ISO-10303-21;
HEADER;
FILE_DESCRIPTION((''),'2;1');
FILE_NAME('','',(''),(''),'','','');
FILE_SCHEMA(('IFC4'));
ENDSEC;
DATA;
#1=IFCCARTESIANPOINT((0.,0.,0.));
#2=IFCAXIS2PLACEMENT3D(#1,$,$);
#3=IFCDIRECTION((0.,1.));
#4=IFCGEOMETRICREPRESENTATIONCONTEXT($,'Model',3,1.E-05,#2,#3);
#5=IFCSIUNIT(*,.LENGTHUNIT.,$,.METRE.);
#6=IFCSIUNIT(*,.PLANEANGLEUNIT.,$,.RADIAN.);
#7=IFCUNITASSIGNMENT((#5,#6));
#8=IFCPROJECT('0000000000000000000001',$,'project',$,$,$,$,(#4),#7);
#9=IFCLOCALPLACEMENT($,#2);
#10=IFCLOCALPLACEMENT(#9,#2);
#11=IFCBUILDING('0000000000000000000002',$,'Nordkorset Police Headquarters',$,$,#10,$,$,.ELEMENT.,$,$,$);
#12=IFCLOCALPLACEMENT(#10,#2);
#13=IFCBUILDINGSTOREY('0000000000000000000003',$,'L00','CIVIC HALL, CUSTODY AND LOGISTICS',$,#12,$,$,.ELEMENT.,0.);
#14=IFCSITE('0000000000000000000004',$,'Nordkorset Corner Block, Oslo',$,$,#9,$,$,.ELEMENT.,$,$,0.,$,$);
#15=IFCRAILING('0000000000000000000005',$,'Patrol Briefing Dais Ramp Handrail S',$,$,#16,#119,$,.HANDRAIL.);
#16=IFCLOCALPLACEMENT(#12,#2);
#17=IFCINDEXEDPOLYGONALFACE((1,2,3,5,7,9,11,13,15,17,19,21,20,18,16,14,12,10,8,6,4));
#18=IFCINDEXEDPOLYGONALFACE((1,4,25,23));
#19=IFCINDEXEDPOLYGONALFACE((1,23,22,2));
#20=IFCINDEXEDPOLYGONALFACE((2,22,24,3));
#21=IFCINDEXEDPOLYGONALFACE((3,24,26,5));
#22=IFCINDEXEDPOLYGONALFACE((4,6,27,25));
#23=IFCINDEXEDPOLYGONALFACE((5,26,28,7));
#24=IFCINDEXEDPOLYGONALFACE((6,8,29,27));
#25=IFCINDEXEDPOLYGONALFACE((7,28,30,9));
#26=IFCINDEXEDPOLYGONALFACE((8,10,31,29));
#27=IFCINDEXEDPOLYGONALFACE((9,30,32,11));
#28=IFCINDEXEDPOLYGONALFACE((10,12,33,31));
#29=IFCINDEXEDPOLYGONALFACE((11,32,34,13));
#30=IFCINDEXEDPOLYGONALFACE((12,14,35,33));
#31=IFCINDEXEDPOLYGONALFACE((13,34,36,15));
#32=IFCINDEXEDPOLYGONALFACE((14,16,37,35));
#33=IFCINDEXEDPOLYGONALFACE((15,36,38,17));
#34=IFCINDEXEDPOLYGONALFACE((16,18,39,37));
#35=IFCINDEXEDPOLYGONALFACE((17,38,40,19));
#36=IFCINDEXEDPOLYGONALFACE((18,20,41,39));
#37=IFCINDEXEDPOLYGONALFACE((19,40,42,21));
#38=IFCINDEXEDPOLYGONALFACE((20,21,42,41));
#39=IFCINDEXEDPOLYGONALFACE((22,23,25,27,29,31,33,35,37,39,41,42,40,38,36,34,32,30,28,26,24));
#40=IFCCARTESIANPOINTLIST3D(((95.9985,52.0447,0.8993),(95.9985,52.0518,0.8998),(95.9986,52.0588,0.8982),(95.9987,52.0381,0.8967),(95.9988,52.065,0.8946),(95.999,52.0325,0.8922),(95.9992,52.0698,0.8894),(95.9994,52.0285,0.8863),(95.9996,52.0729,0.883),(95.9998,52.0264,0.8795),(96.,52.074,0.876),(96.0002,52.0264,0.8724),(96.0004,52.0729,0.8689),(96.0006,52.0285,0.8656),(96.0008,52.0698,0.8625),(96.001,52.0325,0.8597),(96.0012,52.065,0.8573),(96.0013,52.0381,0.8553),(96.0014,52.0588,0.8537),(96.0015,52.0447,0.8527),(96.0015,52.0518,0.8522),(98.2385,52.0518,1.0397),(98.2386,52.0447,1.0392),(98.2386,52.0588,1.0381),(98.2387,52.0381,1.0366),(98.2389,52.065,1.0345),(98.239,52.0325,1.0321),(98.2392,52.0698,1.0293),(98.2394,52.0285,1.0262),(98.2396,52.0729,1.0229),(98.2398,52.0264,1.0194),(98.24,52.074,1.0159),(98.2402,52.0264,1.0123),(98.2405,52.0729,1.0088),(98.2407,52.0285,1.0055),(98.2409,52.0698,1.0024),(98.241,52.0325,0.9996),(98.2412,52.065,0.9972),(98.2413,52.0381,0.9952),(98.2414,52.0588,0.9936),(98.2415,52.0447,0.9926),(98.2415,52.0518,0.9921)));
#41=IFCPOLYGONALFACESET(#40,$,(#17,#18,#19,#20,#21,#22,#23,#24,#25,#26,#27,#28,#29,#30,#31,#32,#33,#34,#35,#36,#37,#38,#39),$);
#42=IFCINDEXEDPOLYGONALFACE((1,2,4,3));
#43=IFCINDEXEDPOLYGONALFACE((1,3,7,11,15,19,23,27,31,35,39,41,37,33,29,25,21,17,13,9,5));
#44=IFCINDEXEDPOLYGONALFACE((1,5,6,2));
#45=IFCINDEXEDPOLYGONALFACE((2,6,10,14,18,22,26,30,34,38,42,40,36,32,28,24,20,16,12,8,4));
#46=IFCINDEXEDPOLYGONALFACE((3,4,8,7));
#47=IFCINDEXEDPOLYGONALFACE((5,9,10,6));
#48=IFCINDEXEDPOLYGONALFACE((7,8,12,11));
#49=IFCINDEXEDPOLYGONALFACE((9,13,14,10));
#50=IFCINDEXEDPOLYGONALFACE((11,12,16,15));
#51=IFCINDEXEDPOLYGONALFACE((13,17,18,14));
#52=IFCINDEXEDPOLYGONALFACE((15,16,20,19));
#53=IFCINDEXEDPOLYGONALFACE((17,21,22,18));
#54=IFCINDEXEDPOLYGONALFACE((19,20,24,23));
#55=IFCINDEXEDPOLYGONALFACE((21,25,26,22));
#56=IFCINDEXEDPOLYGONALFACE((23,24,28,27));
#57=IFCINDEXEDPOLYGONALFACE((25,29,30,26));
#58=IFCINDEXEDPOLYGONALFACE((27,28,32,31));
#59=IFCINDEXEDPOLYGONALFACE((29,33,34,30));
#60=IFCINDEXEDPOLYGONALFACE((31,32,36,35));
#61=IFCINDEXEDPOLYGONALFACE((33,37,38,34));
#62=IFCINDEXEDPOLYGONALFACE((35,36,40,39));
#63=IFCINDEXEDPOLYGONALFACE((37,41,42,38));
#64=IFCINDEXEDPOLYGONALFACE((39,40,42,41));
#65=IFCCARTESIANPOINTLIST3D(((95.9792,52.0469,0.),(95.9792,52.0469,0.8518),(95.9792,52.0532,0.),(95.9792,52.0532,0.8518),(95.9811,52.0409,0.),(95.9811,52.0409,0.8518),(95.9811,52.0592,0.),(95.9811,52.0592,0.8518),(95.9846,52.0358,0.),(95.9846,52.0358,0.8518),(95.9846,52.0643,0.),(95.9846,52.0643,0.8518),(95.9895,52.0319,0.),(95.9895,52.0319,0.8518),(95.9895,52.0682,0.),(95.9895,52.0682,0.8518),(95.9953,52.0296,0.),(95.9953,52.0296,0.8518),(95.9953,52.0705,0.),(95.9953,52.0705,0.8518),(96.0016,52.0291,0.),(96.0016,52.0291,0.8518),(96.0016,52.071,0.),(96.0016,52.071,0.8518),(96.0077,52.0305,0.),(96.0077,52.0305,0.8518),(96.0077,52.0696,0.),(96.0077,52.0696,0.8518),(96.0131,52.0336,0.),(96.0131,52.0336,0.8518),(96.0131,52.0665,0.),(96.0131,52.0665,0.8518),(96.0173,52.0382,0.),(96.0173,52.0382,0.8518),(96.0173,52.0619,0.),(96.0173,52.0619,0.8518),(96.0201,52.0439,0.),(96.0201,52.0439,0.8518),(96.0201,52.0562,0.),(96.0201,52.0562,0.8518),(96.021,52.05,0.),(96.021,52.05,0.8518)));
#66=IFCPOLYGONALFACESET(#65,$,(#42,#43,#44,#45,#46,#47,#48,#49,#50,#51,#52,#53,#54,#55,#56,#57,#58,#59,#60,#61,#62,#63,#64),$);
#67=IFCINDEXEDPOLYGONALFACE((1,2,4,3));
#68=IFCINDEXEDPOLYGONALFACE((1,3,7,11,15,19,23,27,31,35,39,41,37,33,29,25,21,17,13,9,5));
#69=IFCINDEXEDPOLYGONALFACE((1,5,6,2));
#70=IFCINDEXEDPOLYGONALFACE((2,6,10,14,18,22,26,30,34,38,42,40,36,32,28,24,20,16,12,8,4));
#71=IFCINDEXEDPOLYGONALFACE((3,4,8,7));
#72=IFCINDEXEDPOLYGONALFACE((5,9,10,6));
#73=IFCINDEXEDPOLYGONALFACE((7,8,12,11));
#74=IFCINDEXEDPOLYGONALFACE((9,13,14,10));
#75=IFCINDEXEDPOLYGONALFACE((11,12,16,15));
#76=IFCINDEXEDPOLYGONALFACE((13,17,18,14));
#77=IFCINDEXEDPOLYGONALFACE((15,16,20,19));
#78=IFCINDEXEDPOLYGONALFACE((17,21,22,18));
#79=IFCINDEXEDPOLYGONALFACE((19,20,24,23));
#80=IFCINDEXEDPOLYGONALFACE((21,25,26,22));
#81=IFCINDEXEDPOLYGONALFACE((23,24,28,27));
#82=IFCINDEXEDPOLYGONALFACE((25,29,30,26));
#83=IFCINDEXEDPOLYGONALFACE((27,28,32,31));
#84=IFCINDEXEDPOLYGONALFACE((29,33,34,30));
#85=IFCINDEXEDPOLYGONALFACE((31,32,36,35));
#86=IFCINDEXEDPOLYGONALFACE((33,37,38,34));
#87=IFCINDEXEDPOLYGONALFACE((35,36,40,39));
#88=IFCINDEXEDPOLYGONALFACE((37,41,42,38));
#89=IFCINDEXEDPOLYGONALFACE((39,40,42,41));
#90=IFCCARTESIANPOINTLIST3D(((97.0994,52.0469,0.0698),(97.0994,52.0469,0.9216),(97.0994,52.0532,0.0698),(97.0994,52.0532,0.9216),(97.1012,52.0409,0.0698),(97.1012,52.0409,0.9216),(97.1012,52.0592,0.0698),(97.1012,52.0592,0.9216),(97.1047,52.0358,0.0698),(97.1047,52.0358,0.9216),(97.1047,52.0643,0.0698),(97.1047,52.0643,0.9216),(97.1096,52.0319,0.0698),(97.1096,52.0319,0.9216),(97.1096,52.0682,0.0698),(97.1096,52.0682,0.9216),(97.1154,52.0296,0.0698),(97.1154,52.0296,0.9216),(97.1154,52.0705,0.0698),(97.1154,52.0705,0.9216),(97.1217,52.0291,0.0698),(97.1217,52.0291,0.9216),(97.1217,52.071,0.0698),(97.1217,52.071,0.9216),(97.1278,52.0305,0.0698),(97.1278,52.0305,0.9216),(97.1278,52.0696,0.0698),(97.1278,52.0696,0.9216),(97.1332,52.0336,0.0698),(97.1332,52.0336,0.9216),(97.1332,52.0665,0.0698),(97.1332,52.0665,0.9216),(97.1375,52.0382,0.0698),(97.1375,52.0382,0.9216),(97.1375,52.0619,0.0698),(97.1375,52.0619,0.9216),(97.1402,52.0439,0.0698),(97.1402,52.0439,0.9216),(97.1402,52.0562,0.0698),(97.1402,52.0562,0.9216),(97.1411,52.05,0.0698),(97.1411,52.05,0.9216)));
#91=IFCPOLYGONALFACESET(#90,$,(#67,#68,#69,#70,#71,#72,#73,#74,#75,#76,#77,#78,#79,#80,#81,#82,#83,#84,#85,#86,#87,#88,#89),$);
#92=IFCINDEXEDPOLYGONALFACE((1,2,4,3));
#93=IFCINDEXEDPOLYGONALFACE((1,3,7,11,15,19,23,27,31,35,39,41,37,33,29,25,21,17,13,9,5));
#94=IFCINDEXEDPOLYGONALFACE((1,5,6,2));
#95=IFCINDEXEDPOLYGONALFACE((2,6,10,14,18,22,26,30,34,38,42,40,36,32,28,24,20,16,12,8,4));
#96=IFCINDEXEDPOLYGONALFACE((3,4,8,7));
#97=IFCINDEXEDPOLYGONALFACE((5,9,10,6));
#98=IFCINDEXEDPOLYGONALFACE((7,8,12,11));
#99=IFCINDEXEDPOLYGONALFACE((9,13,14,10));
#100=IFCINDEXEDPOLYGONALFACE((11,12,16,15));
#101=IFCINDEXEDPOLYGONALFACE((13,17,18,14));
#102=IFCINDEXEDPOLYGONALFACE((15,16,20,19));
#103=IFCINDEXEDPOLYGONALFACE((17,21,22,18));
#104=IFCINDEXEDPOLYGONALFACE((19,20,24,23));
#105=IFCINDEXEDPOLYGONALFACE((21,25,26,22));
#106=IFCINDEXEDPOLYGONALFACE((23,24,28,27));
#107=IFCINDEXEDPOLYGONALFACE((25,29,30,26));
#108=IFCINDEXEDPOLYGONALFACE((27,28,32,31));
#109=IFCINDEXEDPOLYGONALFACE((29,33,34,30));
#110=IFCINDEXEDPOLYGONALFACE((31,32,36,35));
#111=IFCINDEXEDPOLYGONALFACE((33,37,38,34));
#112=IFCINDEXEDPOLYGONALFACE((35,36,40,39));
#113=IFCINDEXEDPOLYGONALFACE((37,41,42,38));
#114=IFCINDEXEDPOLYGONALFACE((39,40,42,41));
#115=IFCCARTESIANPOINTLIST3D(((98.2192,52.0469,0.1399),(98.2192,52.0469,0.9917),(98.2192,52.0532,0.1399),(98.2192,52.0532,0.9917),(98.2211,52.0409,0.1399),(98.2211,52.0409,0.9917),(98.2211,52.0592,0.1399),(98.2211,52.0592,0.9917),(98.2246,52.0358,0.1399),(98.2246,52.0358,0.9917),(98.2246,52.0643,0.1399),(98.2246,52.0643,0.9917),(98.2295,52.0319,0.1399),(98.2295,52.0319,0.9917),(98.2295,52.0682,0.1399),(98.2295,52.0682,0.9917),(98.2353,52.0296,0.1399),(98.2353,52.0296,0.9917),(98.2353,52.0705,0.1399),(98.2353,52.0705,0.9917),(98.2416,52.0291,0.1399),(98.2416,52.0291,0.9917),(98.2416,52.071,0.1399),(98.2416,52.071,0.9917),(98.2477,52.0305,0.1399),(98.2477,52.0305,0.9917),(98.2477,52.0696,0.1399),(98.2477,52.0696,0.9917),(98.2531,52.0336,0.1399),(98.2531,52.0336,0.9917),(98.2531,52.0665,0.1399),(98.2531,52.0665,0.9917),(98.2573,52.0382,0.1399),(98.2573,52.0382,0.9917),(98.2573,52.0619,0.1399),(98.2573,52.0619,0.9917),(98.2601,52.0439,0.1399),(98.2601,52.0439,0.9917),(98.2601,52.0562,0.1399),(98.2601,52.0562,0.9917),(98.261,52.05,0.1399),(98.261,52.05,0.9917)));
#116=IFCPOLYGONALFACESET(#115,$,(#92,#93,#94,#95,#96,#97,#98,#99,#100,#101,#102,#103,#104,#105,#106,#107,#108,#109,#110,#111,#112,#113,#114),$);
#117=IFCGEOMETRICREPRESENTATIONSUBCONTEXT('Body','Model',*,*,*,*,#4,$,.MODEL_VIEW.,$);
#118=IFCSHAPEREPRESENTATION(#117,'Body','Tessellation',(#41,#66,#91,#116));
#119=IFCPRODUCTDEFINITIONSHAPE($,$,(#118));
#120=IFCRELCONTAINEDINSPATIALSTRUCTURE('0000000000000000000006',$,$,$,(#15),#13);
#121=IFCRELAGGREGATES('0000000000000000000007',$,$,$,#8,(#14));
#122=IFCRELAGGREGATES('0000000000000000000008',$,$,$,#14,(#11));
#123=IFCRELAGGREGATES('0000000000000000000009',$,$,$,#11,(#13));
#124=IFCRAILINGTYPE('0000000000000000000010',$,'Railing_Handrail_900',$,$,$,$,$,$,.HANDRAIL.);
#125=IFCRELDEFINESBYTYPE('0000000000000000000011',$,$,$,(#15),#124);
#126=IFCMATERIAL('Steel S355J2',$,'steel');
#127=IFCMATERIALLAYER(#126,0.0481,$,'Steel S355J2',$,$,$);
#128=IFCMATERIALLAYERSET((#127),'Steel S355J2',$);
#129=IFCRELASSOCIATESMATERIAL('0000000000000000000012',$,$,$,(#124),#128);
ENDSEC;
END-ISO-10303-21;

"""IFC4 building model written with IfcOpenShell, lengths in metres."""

from ifc_helpers import new_model, si_unit, direction, frame, origin, origin_2d, place, context, subcontext, project, spatial, circle, extrude, material, layer, layer_set, type_object, element, save


model = new_model("IFC4")

# Units and contexts
model_context = context("Model", 3, precision=1e-05, world=origin(), true_north=direction((0.0, 1.0)))
body_context = subcontext(model_context, "Body", "Model", "MODEL_VIEW")
ifc_project = project(units=[si_unit("LENGTHUNIT", "METRE"), si_unit("PLANEANGLEUNIT", "RADIAN")], contexts=[model_context])

# Site, building, storey
site_placement = place(None, origin())
site = spatial("IfcSite", under=ifc_project, at=site_placement, Name="Nordkorset Corner Block, Oslo", CompositionType="ELEMENT", RefElevation=0.0)
building_placement = place(site_placement, origin())
building = spatial("IfcBuilding", under=site, at=building_placement, Name="Nordkorset Police Headquarters", CompositionType="ELEMENT")
storey_placement = place(building_placement, origin())
storey = spatial("IfcBuildingStorey", under=building, at=storey_placement, Name="L00", Description="CIVIC HALL, CUSTODY AND LOGISTICS", CompositionType="ELEMENT", Elevation=0.0)

# Railing
ifc_material_1 = material(Name="Steel S355J2", Category="steel")
ifc_layer_1 = layer(ifc_material_1, 0.0481, Name="Steel S355J2")
ifc_layer_set_1 = layer_set([ifc_layer_1], Name="Steel S355J2")
railing_type_1 = type_object("IfcRailingType", Name="Railing_Handrail_900", PredefinedType="HANDRAIL", material=ifc_layer_set_1)
for number, where, name in (
    (1, (96.0, 52.05, 0.0), "Patrol Briefing Dais Ramp Handrail S"),
):
    element("IfcRailing", number, at=place(storey_placement, frame(where)), inside=storey, type_object=railing_type_1, Name=name, PredefinedType="HANDRAIL", context=body_context, shape_type="SweptSolid", body=[
        extrude(circle(Radius=0.0239, at=origin_2d()), frame((0.0, 0.0, 0.876), z_axis=(0.998056, 0.0, 0.062331), x_axis=(0.0, 1.0, 0.0)), (0.0, 0.0, 1.0), 2.2444),
        extrude(circle(Radius=0.021, at=origin_2d()), origin(), (0.0, 0.0, 1.0), 0.8518),
        extrude(circle(Radius=0.021, at=origin_2d()), frame((1.1201, 0.0, 0.0698)), (0.0, 0.0, 1.0), 0.8518),
        extrude(circle(Radius=0.021, at=origin_2d()), frame((2.24, 0.0, 0.1399)), (0.0, 0.0, 1.0), 0.8518),
    ])

save(model, "model.ifc")
